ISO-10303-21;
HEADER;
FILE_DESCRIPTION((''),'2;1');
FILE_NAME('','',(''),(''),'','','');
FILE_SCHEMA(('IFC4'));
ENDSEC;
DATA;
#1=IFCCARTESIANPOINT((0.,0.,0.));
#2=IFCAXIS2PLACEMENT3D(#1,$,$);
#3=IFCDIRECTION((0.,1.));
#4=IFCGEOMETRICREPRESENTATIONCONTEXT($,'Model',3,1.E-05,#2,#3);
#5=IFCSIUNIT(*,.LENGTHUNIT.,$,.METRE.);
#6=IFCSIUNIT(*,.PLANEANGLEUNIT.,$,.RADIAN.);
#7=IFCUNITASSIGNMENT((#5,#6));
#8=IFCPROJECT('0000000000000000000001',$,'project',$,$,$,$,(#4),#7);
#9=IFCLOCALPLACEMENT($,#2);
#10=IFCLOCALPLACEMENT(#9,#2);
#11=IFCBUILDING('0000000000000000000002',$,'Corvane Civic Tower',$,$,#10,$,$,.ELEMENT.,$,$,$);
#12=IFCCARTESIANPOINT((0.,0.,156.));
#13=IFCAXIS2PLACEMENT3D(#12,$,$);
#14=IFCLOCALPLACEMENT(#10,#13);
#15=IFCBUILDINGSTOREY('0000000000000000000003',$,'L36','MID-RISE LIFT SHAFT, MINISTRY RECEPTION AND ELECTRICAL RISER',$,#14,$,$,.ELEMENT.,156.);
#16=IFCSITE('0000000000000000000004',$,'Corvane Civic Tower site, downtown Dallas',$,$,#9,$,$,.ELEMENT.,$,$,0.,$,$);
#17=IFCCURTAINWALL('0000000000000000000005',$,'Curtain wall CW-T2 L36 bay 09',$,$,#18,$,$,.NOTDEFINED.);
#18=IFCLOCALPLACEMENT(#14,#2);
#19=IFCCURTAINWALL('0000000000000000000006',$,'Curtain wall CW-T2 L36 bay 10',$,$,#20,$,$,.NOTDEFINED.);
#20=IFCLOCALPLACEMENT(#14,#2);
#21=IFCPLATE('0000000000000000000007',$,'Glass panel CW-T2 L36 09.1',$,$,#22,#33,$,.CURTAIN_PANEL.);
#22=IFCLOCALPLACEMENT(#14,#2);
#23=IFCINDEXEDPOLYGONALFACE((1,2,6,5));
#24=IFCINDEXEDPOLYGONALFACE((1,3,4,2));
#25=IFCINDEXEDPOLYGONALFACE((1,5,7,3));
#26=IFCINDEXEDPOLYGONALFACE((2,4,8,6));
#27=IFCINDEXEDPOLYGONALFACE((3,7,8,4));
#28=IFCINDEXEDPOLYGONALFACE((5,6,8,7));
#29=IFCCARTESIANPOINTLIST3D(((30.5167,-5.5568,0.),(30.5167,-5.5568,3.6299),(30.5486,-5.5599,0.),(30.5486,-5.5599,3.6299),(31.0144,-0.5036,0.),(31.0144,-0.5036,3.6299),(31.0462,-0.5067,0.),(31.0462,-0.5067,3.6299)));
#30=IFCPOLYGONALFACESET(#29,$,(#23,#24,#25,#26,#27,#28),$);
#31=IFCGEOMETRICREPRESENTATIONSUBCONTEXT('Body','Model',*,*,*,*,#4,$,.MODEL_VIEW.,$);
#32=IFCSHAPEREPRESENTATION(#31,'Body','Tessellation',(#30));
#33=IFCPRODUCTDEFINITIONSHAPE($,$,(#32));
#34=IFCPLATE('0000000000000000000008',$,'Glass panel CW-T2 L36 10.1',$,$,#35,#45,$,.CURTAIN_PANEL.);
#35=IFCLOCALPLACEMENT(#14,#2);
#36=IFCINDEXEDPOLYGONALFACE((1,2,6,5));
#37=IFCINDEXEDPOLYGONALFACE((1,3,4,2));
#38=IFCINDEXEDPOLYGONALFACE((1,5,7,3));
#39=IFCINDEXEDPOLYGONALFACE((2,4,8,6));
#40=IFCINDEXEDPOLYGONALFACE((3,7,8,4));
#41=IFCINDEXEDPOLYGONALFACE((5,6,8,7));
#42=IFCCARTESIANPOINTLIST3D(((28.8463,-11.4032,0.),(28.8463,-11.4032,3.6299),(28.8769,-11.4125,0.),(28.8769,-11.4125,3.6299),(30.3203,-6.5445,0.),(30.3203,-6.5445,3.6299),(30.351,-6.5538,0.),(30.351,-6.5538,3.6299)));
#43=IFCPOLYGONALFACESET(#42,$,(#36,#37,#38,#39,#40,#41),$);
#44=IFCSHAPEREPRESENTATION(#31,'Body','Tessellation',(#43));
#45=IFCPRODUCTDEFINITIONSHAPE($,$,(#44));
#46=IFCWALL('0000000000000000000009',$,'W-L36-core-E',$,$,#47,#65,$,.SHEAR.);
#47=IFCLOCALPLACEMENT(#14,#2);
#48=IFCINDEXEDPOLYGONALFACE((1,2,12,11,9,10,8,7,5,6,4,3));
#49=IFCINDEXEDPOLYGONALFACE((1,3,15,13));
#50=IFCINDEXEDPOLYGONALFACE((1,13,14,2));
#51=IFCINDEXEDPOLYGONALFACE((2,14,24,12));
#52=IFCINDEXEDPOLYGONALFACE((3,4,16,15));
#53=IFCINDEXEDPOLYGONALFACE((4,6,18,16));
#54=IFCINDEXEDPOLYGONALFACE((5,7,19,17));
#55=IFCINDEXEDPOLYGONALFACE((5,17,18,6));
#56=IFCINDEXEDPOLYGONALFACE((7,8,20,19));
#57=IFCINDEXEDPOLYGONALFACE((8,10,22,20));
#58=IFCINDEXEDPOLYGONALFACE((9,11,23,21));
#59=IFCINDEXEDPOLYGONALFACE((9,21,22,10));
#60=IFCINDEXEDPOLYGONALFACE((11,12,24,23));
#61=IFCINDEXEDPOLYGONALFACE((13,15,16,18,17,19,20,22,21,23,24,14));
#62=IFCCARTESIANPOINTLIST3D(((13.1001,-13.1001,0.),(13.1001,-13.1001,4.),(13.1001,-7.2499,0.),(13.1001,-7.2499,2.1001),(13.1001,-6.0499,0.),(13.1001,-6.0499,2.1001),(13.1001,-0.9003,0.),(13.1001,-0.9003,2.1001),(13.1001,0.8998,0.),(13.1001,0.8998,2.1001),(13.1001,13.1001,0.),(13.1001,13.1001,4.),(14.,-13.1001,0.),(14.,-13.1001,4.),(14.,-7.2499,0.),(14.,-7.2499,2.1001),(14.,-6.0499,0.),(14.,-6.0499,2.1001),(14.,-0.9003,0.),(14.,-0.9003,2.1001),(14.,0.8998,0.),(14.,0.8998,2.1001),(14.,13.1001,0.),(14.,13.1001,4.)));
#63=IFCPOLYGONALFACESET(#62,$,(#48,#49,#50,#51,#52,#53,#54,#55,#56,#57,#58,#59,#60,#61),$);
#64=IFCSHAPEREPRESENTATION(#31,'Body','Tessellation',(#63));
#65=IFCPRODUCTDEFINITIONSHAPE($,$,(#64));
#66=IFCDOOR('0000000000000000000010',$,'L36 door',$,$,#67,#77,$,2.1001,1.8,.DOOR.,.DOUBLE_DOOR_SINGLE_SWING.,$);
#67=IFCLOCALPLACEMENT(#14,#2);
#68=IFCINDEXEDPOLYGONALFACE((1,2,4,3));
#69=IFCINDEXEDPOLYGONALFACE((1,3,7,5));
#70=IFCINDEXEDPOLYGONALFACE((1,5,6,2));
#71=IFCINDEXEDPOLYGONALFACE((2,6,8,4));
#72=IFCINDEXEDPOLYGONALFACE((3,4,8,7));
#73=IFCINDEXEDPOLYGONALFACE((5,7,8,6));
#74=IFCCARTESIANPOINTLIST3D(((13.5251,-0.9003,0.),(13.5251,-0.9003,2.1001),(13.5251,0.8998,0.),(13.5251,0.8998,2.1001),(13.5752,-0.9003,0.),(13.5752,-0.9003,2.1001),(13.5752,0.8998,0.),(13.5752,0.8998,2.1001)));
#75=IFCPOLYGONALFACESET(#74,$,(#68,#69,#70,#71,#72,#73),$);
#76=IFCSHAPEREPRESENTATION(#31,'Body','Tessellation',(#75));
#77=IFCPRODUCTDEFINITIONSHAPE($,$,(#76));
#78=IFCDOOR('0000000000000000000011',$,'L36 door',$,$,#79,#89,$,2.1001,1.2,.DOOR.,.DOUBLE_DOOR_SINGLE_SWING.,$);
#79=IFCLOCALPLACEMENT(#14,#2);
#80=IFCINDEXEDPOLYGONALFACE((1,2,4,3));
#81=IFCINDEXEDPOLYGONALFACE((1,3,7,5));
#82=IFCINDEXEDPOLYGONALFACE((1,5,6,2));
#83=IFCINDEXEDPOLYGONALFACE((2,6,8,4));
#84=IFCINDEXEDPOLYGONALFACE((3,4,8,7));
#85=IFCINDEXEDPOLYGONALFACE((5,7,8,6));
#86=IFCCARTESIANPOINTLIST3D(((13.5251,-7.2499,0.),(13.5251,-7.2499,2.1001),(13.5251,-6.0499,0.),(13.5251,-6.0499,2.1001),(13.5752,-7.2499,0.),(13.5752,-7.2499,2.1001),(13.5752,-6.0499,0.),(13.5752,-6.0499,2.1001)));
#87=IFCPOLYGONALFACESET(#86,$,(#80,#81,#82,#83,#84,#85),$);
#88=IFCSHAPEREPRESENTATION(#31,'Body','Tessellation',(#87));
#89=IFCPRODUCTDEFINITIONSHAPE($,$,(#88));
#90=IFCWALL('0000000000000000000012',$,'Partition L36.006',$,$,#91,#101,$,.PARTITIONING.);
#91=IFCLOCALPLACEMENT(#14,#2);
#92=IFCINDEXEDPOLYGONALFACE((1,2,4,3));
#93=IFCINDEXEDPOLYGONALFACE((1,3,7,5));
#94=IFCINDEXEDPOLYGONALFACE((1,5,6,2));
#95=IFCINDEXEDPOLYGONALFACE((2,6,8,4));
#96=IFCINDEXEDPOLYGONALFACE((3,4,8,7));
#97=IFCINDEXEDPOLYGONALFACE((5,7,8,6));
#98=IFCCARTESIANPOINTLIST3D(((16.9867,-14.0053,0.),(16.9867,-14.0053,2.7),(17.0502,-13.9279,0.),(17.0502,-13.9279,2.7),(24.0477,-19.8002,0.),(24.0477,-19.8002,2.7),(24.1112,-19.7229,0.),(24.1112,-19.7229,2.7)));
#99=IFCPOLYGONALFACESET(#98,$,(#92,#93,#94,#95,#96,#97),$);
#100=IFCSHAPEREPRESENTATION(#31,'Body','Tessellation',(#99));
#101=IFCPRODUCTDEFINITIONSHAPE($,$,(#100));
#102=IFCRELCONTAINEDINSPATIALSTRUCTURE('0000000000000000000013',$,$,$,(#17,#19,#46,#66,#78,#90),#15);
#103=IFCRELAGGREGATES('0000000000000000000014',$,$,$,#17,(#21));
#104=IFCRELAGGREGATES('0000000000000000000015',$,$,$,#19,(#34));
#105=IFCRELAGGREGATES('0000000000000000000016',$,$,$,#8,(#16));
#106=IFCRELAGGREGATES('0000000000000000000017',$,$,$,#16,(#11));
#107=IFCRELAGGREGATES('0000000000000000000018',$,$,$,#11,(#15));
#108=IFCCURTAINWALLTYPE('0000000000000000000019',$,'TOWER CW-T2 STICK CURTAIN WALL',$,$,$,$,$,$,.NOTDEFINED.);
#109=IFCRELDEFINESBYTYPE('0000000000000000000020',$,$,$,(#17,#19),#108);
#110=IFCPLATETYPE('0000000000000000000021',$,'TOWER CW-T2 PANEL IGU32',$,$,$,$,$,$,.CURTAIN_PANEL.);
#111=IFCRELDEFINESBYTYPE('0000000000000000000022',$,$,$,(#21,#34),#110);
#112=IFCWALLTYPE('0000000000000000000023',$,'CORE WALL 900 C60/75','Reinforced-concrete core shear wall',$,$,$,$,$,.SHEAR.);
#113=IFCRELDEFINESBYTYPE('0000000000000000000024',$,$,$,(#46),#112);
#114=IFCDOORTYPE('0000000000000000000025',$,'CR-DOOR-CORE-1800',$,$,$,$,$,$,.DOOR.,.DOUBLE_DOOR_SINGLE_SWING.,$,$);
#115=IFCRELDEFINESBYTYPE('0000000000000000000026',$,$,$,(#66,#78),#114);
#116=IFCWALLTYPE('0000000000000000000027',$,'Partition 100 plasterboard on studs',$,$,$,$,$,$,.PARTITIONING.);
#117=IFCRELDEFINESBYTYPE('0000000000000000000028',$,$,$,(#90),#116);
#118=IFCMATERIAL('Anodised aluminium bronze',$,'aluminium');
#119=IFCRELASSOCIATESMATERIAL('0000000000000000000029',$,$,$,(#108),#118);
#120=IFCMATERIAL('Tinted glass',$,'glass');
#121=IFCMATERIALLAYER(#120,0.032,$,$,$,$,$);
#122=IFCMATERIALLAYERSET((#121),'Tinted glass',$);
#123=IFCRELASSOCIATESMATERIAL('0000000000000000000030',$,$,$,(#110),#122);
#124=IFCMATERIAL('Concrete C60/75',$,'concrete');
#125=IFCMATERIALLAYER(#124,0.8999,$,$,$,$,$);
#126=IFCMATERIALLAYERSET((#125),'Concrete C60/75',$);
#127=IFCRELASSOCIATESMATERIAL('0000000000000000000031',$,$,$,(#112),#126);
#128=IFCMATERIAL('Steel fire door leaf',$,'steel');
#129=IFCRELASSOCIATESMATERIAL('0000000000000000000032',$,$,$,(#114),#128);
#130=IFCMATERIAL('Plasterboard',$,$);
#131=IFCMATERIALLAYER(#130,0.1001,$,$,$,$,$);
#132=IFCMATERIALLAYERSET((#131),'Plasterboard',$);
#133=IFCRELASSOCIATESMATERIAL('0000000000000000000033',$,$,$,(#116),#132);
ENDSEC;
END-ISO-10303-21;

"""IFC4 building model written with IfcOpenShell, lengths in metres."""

from ifc_helpers import new_model, si_unit, direction, frame, frame_2d, origin, origin_2d, place, context, subcontext, project, spatial, rectangle, extrude, material, layer, layer_set, type_object, element, fill, aggregate, save


model = new_model("IFC4")

# Units and contexts
model_context = context("Model", 3, precision=1e-05, world=origin(), true_north=direction((0.0, 1.0)))
body_context = subcontext(model_context, "Body", "Model", "MODEL_VIEW")
ifc_project = project(units=[si_unit("LENGTHUNIT", "METRE"), si_unit("PLANEANGLEUNIT", "RADIAN")], contexts=[model_context])

# Site, building, storey
site_placement = place(None, origin())
site = spatial("IfcSite", under=ifc_project, at=site_placement, Name="Corvane Civic Tower site, downtown Dallas", CompositionType="ELEMENT", RefElevation=0.0)
building_placement = place(site_placement, origin())
building = spatial("IfcBuilding", under=site, at=building_placement, Name="Corvane Civic Tower", CompositionType="ELEMENT")
storey_placement = place(building_placement, frame((0.0, 0.0, 156.0)))
storey = spatial("IfcBuildingStorey", under=building, at=storey_placement, Name="L36", Description="MID-RISE LIFT SHAFT, MINISTRY RECEPTION AND ELECTRICAL RISER", CompositionType="ELEMENT", Elevation=156.0)

# Curtain walls
ifc_material_1 = material(Name="Anodised aluminium bronze", Category="aluminium")
curtain_wall_type = type_object("IfcCurtainWallType", Name="TOWER CW-T2 STICK CURTAIN WALL", PredefinedType="NOTDEFINED", material=ifc_material_1)
curtain_wall_1_placement = place(storey_placement, origin())
curtain_wall_1 = element("IfcCurtainWall", 1, at=curtain_wall_1_placement, inside=storey, type_object=curtain_wall_type, Name="Curtain wall CW-T2 L36 bay 09", PredefinedType="NOTDEFINED")
curtain_wall_2_placement = place(storey_placement, origin())
curtain_wall_2 = element("IfcCurtainWall", 2, at=curtain_wall_2_placement, inside=storey, type_object=curtain_wall_type, Name="Curtain wall CW-T2 L36 bay 10", PredefinedType="NOTDEFINED")

# Plates
ifc_material_2 = material(Name="Tinted glass", Category="glass")
ifc_layer_1 = layer(ifc_material_2, 0.032)
ifc_layer_set_1 = layer_set([ifc_layer_1], Name="Tinted glass")
plate_type = type_object("IfcPlateType", Name="TOWER CW-T2 PANEL IGU32", PredefinedType="CURTAIN_PANEL", material=ifc_layer_set_1)
plate_1_placement = place(storey_placement, frame((30.7815, -3.0317, 0.0), z_axis=(0.0, 0.0, 1.0), x_axis=(-0.098012, -0.995185, 0.0)))
plate_1 = element("IfcPlate", 3, at=plate_1_placement, type_object=plate_type, Name="Glass panel CW-T2 L36 09.1", PredefinedType="CURTAIN_PANEL", context=body_context, shape_type="SweptSolid", body=[
    extrude(rectangle(XDim=5.0776, YDim=0.032, at=origin_2d()), origin(), (0.0, 0.0, 1.0), 3.6299),
])
aggregate(curtain_wall_1, [plate_1])
plate_2_placement = place(storey_placement, frame((29.5986, -8.9785, 0.0), z_axis=(0.0, 0.0, 1.0), x_axis=(-0.290313, -0.956932, 0.0)))
plate_2 = element("IfcPlate", 4, at=plate_2_placement, type_object=plate_type, Name="Glass panel CW-T2 L36 10.1", PredefinedType="CURTAIN_PANEL", context=body_context, shape_type="SweptSolid", body=[
    extrude(rectangle(XDim=5.0774, YDim=0.032, at=origin_2d()), origin(), (0.0, 0.0, 1.0), 3.6299),
])
aggregate(curtain_wall_2, [plate_2])

# Wall, openings, doors
ifc_material_3 = material(Name="Concrete C60/75", Category="concrete")
ifc_layer_2 = layer(ifc_material_3, 0.8999)
ifc_layer_set_2 = layer_set([ifc_layer_2], Name="Concrete C60/75")
wall_type_1 = type_object("IfcWallType", Name="CORE WALL 900 C60/75", Description="Reinforced-concrete core shear wall", PredefinedType="SHEAR", material=ifc_layer_set_2)
wall_1_placement = place(storey_placement, frame((13.55, -13.1001, 0.0), z_axis=(0.0, 0.0, 1.0), x_axis=(0.0, 1.0, 0.0)))
wall_1 = element("IfcWall", 5, at=wall_1_placement, inside=storey, type_object=wall_type_1, Name="W-L36-core-E", PredefinedType="SHEAR", context=body_context, shape_type="SweptSolid", body=[
    extrude(rectangle(XDim=26.2002, YDim=0.8999, at=frame_2d((13.1001, 0.0))), origin(), (0.0, 0.0, 1.0), 4.0),
])
opening_1_placement = place(wall_1_placement, frame((12.2, 0.0, 0.0)))
opening_1 = element("IfcOpeningElement", 6, at=opening_1_placement, cuts=wall_1, PredefinedType="OPENING", context=body_context, shape_type="SweptSolid", body=[
    extrude(rectangle(XDim=1.8, YDim=2.1001, at=frame_2d((0.8999, 1.05))), frame((0.0, 0.46, 0.0), z_axis=(0.0, -1.0, 0.0), x_axis=(1.0, 0.0, 0.0)), (0.0, 0.0, 1.0), 0.9199),
])
opening_2_placement = place(wall_1_placement, frame((5.8501, 0.0, 0.0)))
opening_2 = element("IfcOpeningElement", 7, at=opening_2_placement, cuts=wall_1, PredefinedType="OPENING", context=body_context, shape_type="SweptSolid", body=[
    extrude(rectangle(XDim=1.2, YDim=2.1001, at=frame_2d((0.6001, 1.05))), frame((0.0, 0.46, 0.0), z_axis=(0.0, -1.0, 0.0), x_axis=(1.0, 0.0, 0.0)), (0.0, 0.0, 1.0), 0.9199),
])
ifc_material_4 = material(Name="Steel fire door leaf", Category="steel")
door_type_1 = type_object("IfcDoorType", Name="CR-DOOR-CORE-1800", OperationType="DOUBLE_DOOR_SINGLE_SWING", PredefinedType="DOOR", material=ifc_material_4)
door_1_placement = place(opening_1_placement, origin())
door_1 = element("IfcDoor", 8, at=door_1_placement, inside=storey, type_object=door_type_1, Name="L36 door", OperationType="DOUBLE_DOOR_SINGLE_SWING", OverallHeight=2.1001, OverallWidth=1.8, PredefinedType="DOOR", context=body_context, shape_type="SweptSolid", body=[
    extrude(rectangle(XDim=1.8, YDim=2.1001, at=frame_2d((0.8999, 1.05))), frame((0.0, 0.0249, 0.0), z_axis=(0.0, -1.0, 0.0), x_axis=(1.0, 0.0, 0.0)), (0.0, 0.0, 1.0), 0.05),
])
fill(opening_1, door_1)
door_2_placement = place(opening_2_placement, origin())
door_2 = element("IfcDoor", 9, at=door_2_placement, inside=storey, type_object=door_type_1, Name="L36 door", OperationType="DOUBLE_DOOR_SINGLE_SWING", OverallHeight=2.1001, OverallWidth=1.2, PredefinedType="DOOR", context=body_context, shape_type="SweptSolid", body=[
    extrude(rectangle(XDim=1.2, YDim=2.1001, at=frame_2d((0.6001, 1.05))), frame((0.0, 0.0249, 0.0), z_axis=(0.0, -1.0, 0.0), x_axis=(1.0, 0.0, 0.0)), (0.0, 0.0, 1.0), 0.05),
])
fill(opening_2, door_2)

# Wall
ifc_material_5 = material(Name="Plasterboard")
ifc_layer_3 = layer(ifc_material_5, 0.1001)
ifc_layer_set_3 = layer_set([ifc_layer_3], Name="Plasterboard")
wall_type_2 = type_object("IfcWallType", Name="Partition 100 plasterboard on studs", PredefinedType="PARTITIONING", material=ifc_layer_set_3)
wall_2_placement = place(storey_placement, frame((17.0183, -13.9666, 0.0), z_axis=(0.0, 0.0, 1.0), x_axis=(0.773006, -0.634399, 0.0)))
element("IfcWall", 10, at=wall_2_placement, inside=storey, type_object=wall_type_2, Name="Partition L36.006", PredefinedType="PARTITIONING", context=body_context, shape_type="SweptSolid", body=[
    extrude(rectangle(XDim=9.1345, YDim=0.1001, at=frame_2d((4.5674, 0.0))), origin(), (0.0, 0.0, 1.0), 2.7),
])

save(model, "model.ifc")
